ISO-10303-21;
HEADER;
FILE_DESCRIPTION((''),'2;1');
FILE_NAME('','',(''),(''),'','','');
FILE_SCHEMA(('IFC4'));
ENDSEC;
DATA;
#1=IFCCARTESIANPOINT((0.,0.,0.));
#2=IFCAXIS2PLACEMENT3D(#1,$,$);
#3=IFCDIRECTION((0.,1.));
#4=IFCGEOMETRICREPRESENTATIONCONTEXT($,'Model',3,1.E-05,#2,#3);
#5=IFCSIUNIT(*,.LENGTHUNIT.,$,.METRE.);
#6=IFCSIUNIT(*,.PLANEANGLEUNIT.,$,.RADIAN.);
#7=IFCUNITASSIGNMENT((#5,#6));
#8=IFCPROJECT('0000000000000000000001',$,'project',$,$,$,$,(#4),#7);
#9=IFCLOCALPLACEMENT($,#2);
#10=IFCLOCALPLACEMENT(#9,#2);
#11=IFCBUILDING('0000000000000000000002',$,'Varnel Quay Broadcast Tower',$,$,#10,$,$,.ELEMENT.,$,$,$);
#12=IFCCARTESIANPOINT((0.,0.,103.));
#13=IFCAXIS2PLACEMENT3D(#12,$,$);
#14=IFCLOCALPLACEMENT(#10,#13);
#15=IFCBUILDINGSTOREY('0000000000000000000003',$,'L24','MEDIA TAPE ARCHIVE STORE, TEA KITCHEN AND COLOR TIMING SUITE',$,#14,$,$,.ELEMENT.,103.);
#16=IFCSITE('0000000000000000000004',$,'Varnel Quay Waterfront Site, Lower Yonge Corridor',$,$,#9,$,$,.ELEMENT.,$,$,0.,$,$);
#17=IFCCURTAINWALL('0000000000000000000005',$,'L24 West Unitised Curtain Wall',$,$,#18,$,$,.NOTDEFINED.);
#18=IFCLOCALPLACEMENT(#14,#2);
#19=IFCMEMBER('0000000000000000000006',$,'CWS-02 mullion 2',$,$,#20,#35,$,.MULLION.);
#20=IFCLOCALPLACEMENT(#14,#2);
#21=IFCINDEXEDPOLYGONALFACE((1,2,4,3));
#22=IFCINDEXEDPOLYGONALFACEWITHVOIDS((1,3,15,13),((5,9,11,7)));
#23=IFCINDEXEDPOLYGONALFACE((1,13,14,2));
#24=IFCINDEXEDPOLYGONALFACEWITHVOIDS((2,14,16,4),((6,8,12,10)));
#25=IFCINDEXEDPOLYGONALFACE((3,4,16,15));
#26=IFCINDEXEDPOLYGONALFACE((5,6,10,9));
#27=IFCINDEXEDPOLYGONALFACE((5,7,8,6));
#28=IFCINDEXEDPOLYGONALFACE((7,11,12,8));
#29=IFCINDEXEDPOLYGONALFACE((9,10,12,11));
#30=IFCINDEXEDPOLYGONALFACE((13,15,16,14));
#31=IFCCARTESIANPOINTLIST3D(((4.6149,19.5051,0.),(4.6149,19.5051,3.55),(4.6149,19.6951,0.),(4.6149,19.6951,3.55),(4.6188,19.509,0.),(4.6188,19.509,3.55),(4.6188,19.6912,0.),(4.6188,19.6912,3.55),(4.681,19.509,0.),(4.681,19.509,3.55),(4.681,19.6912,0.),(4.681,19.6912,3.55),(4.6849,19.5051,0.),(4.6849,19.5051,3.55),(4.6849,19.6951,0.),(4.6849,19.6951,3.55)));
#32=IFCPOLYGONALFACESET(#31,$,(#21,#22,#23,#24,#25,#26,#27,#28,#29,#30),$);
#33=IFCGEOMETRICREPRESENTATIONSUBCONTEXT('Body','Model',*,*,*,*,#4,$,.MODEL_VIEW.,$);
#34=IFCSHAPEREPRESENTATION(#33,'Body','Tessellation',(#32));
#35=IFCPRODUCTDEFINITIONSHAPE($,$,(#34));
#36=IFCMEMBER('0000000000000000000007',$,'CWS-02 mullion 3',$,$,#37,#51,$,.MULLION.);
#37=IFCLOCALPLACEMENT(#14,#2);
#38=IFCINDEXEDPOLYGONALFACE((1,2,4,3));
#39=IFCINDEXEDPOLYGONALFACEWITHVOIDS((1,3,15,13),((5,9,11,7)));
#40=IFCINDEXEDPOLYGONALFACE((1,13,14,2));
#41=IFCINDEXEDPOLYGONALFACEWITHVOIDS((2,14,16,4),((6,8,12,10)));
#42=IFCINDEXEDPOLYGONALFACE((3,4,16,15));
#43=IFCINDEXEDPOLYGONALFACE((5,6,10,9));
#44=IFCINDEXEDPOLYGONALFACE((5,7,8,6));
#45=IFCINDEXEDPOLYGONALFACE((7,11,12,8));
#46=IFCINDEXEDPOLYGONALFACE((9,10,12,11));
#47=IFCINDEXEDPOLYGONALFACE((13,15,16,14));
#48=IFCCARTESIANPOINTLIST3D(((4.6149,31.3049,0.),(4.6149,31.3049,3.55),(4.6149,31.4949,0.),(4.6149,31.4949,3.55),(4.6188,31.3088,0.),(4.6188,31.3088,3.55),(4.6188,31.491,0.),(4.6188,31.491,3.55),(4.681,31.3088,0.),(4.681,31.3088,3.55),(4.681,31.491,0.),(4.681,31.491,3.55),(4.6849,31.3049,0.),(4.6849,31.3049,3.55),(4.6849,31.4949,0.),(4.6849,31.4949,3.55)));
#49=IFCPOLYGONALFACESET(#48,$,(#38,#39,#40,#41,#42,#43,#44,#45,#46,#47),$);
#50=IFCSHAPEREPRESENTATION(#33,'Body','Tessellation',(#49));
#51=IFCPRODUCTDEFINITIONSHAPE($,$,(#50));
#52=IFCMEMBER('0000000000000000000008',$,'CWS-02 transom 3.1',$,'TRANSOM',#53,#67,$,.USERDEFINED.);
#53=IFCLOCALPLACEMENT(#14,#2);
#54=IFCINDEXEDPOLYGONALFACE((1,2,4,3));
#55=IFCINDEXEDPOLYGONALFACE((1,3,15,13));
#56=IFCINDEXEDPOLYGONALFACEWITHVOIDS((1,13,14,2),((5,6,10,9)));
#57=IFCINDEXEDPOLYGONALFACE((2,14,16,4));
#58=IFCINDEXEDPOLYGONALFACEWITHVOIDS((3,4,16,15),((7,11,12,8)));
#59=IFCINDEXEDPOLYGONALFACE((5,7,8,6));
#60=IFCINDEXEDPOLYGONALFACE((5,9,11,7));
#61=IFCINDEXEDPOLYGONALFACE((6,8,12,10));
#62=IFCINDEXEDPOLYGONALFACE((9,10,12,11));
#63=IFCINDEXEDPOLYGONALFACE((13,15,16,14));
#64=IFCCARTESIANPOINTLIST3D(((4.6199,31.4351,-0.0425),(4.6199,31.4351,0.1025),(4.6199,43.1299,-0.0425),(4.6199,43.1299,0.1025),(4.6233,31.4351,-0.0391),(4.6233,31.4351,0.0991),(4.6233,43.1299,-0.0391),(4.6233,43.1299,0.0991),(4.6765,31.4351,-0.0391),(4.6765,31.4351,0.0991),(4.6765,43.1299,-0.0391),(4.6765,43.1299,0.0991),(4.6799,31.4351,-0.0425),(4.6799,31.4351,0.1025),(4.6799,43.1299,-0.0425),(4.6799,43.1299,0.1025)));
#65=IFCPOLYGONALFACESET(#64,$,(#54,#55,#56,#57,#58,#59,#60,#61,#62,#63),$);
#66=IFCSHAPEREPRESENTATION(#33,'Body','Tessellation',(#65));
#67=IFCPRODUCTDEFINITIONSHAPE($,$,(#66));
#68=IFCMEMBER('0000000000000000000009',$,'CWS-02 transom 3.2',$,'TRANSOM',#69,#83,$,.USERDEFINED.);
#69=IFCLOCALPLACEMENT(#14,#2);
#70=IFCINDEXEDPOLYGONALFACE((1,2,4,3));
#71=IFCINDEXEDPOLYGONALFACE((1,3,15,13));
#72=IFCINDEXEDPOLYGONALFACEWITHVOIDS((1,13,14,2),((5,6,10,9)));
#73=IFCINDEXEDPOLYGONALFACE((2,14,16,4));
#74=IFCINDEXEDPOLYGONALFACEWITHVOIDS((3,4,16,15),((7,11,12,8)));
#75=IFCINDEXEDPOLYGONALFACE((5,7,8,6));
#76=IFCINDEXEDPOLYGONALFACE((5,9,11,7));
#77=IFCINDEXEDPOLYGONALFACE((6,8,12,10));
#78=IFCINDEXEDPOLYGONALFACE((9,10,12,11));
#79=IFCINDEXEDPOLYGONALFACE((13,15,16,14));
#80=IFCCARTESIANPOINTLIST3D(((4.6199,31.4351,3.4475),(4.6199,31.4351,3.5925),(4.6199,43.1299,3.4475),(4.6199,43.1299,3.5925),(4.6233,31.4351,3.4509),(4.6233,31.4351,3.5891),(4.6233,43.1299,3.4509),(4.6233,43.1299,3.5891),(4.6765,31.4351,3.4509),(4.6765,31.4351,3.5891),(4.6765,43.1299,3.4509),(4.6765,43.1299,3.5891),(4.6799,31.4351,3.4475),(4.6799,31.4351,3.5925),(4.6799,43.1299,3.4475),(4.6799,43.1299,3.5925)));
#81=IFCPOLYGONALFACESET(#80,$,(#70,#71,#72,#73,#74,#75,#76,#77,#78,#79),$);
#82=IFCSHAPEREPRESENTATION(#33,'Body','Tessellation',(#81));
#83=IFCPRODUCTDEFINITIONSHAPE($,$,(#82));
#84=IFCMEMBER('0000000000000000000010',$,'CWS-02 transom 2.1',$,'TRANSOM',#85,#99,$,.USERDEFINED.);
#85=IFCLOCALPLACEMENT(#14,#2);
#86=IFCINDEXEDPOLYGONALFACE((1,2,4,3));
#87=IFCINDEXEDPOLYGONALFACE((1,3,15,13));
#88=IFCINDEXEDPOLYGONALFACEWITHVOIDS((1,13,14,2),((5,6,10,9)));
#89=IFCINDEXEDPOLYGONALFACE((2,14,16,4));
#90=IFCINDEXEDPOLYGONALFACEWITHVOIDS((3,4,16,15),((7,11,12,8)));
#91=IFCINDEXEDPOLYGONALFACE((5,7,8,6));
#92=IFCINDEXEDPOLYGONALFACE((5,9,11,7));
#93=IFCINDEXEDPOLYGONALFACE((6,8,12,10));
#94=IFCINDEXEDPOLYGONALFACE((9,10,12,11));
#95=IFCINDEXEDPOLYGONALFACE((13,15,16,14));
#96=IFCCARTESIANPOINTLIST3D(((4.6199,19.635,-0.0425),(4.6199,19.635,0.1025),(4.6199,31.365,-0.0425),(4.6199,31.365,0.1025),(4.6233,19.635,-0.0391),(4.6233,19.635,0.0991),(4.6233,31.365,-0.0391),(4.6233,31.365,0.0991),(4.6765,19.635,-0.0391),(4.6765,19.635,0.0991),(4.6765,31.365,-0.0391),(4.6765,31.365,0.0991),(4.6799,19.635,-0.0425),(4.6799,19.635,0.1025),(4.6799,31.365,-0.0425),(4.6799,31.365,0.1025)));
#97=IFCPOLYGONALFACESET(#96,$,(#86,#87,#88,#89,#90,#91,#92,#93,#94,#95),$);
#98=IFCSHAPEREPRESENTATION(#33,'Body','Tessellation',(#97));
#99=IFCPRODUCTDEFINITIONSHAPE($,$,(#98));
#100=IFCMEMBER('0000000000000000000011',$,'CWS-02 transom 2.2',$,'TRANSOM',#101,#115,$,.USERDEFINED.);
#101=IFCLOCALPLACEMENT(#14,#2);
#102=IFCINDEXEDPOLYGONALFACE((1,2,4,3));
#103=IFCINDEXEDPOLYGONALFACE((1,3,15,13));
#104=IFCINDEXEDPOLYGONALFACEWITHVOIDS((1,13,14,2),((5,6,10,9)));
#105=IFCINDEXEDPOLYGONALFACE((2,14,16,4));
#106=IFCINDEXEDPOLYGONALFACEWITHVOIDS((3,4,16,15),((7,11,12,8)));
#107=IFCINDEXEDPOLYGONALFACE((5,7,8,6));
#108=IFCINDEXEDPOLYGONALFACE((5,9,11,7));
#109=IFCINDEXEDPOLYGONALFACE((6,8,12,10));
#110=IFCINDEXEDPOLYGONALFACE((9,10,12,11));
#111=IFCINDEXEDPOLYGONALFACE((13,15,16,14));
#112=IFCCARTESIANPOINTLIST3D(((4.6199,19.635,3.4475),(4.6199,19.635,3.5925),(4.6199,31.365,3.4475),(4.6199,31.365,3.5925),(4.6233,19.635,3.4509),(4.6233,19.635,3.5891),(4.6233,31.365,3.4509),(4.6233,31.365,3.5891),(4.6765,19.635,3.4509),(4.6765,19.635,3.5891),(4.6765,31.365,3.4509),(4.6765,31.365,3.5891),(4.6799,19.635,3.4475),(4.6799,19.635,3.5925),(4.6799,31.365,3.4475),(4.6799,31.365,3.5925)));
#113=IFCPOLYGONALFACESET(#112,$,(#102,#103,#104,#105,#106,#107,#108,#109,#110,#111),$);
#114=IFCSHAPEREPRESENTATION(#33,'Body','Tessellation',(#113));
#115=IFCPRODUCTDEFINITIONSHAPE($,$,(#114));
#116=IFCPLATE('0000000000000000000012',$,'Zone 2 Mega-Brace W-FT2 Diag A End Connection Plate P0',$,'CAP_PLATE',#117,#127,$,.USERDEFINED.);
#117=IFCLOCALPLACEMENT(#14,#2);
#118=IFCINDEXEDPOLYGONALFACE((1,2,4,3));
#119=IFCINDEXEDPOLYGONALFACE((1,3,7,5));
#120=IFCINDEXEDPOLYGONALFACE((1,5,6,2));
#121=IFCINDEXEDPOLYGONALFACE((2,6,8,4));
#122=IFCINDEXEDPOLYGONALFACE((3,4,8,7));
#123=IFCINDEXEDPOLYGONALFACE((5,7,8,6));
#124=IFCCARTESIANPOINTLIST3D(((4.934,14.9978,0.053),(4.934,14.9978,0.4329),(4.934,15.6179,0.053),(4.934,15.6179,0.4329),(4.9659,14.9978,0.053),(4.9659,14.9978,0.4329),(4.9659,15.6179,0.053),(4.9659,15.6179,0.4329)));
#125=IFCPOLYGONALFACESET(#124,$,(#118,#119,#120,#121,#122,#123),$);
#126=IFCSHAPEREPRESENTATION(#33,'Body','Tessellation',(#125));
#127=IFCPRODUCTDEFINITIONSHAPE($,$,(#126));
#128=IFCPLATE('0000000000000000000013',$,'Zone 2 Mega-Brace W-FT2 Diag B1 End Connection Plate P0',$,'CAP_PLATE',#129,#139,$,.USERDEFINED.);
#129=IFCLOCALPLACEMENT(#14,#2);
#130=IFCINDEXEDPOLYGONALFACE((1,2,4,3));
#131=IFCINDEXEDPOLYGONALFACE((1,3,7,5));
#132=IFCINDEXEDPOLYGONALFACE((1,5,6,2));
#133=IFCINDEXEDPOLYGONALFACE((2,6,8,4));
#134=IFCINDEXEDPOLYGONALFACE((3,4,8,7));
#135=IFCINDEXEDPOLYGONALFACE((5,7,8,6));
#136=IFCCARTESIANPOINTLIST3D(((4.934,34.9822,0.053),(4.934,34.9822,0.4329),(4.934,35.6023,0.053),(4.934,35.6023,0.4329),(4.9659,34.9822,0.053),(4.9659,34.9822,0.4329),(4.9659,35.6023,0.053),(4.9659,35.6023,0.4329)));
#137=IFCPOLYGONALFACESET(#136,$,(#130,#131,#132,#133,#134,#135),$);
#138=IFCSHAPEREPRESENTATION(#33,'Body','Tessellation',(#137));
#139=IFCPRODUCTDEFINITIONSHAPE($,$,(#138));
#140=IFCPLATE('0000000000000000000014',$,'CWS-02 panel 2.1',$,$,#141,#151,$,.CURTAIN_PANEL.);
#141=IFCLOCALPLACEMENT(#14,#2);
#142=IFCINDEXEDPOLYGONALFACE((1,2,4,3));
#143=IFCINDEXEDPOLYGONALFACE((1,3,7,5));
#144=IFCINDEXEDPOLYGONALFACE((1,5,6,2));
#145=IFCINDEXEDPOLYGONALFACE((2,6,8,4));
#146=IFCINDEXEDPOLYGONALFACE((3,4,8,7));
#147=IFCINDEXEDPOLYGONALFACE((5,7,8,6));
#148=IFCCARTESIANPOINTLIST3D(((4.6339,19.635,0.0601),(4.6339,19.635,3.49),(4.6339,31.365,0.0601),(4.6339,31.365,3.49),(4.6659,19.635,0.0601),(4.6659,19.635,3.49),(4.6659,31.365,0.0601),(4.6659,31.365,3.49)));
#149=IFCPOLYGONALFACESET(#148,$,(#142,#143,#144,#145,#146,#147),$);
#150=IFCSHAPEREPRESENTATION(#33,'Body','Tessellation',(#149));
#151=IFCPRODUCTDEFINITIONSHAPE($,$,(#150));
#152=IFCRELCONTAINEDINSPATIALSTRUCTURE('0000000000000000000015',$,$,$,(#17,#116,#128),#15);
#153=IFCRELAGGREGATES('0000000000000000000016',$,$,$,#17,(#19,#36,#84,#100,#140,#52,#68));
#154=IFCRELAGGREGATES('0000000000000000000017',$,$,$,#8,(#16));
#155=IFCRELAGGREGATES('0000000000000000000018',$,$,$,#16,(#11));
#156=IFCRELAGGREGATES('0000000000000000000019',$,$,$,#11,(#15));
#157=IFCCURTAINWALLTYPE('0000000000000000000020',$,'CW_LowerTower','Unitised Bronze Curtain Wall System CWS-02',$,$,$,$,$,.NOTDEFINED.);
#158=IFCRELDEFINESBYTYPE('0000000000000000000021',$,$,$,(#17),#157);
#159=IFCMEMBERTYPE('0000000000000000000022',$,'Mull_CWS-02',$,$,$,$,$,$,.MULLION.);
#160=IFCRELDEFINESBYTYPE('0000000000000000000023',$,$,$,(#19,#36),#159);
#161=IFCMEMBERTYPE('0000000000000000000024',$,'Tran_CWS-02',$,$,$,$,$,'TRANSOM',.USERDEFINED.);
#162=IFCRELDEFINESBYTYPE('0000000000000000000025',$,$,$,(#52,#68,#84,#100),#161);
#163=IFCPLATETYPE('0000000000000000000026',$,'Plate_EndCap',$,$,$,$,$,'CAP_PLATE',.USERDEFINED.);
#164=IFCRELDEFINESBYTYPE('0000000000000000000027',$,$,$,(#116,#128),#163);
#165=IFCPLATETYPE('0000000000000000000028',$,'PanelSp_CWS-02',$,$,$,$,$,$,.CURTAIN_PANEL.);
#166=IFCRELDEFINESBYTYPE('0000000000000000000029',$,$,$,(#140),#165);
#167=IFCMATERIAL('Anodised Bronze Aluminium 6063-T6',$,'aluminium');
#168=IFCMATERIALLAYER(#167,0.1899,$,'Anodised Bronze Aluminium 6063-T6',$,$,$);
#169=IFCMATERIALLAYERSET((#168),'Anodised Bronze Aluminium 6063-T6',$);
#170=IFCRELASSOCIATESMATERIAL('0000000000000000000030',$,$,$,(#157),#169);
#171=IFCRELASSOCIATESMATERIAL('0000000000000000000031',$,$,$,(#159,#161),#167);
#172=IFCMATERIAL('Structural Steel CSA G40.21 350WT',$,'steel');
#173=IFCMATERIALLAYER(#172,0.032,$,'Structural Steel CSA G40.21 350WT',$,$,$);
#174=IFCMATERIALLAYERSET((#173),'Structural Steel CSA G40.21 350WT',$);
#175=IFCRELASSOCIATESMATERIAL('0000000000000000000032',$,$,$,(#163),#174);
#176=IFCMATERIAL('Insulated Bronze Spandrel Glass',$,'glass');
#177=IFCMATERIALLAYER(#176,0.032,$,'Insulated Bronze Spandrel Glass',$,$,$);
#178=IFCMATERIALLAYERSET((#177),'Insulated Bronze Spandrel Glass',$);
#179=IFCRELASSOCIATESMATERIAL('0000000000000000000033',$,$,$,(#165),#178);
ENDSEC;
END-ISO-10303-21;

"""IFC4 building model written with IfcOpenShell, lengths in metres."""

from ifc_helpers import new_model, si_unit, direction, frame, origin, origin_2d, place, context, subcontext, project, spatial, rectangle, hollow_rectangle, extrude, source, transform, mapped, material, layer, layer_set, material_profile, profile_set, type_object, type_shapes, element, aggregate, save


model = new_model("IFC4")

# Units and contexts
model_context = context("Model", 3, precision=1e-05, world=origin(), true_north=direction((0.0, 1.0)))
body_context = subcontext(model_context, "Body", "Model", "MODEL_VIEW")
ifc_project = project(units=[si_unit("LENGTHUNIT", "METRE"), si_unit("PLANEANGLEUNIT", "RADIAN")], contexts=[model_context])

# Site, building, storey
site_placement = place(None, origin())
site = spatial("IfcSite", under=ifc_project, at=site_placement, Name="Varnel Quay Waterfront Site, Lower Yonge Corridor", CompositionType="ELEMENT", RefElevation=0.0)
building_placement = place(site_placement, origin())
building = spatial("IfcBuilding", under=site, at=building_placement, Name="Varnel Quay Broadcast Tower", CompositionType="ELEMENT")
storey_placement = place(building_placement, frame((0.0, 0.0, 103.0)))
storey = spatial("IfcBuildingStorey", under=building, at=storey_placement, Name="L24", Description="MEDIA TAPE ARCHIVE STORE, TEA KITCHEN AND COLOR TIMING SUITE", CompositionType="ELEMENT", Elevation=103.0)

# Shared definitions
ifc_material_1 = material(Name="Structural Steel CSA G40.21 350WT", Category="steel")

# Curtain wall, members
ifc_material_2 = material(Name="Anodised Bronze Aluminium 6063-T6", Category="aluminium")
ifc_layer_1 = layer(ifc_material_2, 0.1899, Name="Anodised Bronze Aluminium 6063-T6")
ifc_layer_set_1 = layer_set([ifc_layer_1], Name="Anodised Bronze Aluminium 6063-T6")
curtain_wall_type = type_object("IfcCurtainWallType", Name="CW_LowerTower", Description="Unitised Bronze Curtain Wall System CWS-02", PredefinedType="NOTDEFINED", material=ifc_layer_set_1)
curtain_wall_placement = place(storey_placement, origin())
curtain_wall = element("IfcCurtainWall", 1, at=curtain_wall_placement, inside=storey, type_object=curtain_wall_type, Name="L24 West Unitised Curtain Wall", PredefinedType="NOTDEFINED")
ifc_material_profile_1 = material_profile(ifc_material_2, hollow_rectangle(XDim=0.0701, YDim=0.1899, WallThickness=0.0039, at=origin_2d()), Name="ALU70X190X4")
ifc_profile_set_1 = profile_set([ifc_material_profile_1], Name="Anodised Bronze Aluminium 6063-T6")
member_type_1 = type_object("IfcMemberType", Name="Mull_CWS-02", PredefinedType="MULLION", material=ifc_profile_set_1)
shared_shape_1 = source(origin(), body_context, "Body", "SweptSolid", [
    extrude(hollow_rectangle(XDim=0.0701, YDim=0.1899, WallThickness=0.0039, at=origin_2d()), origin(), (0.0, 0.0, 1.0), 3.55),
])
type_shapes(member_type_1, [shared_shape_1])
member_1_placement = place(storey_placement, frame((4.6499, 19.6001, 0.0), z_axis=(0.0, 0.0, 1.0), x_axis=(-1.0, 0.0, 0.0)))
member_1 = element("IfcMember", 2, at=member_1_placement, type_object=member_type_1, Name="CWS-02 mullion 2", PredefinedType="MULLION", context=body_context, shape_type="MappedRepresentation", body=[
    mapped(shared_shape_1, transform((0.0, 0.0, 0.0), x_axis=(1.0, 0.0, 0.0), y_axis=(0.0, 1.0, 0.0), z_axis=(0.0, 0.0, 1.0), scale=1.0)),
])
member_2_placement = place(storey_placement, frame((4.6499, 31.3999, 0.0), z_axis=(0.0, 0.0, 1.0), x_axis=(-1.0, 0.0, 0.0)))
member_2 = element("IfcMember", 3, at=member_2_placement, type_object=member_type_1, Name="CWS-02 mullion 3", PredefinedType="MULLION", context=body_context, shape_type="MappedRepresentation", body=[
    mapped(shared_shape_1, transform((0.0, 0.0, 0.0), x_axis=(1.0, 0.0, 0.0), y_axis=(0.0, 1.0, 0.0), z_axis=(0.0, 0.0, 1.0), scale=1.0)),
])
ifc_material_profile_2 = material_profile(ifc_material_2, hollow_rectangle(XDim=0.0601, YDim=0.145, WallThickness=0.0034, at=origin_2d()), Name="ALU60X145X3.5")
ifc_profile_set_2 = profile_set([ifc_material_profile_2], Name="Anodised Bronze Aluminium 6063-T6")
member_type_2 = type_object("IfcMemberType", Name="Tran_CWS-02", ElementType="TRANSOM", PredefinedType="USERDEFINED", material=ifc_profile_set_2)
shared_shape_2 = source(origin(), body_context, "Body", "SweptSolid", [
    extrude(hollow_rectangle(XDim=0.0601, YDim=0.145, WallThickness=0.0034, at=origin_2d()), origin(), (0.0, 0.0, 1.0), 11.6948),
])
member_3_placement = place(storey_placement, frame((4.6499, 31.4351, 0.03), z_axis=(0.0, 1.0, 0.0), x_axis=(-1.0, 0.0, 0.0)))
member_3 = element("IfcMember", 4, at=member_3_placement, type_object=member_type_2, Name="CWS-02 transom 3.1", ObjectType="TRANSOM", PredefinedType="USERDEFINED", context=body_context, shape_type="MappedRepresentation", body=[
    mapped(shared_shape_2, transform((0.0, 0.0, 0.0), x_axis=(1.0, 0.0, 0.0), y_axis=(0.0, 1.0, 0.0), z_axis=(0.0, 0.0, 1.0), scale=1.0)),
])
member_4_placement = place(storey_placement, frame((4.6499, 31.4351, 3.52), z_axis=(0.0, 1.0, 0.0), x_axis=(-1.0, 0.0, 0.0)))
member_4 = element("IfcMember", 5, at=member_4_placement, type_object=member_type_2, Name="CWS-02 transom 3.2", ObjectType="TRANSOM", PredefinedType="USERDEFINED", context=body_context, shape_type="MappedRepresentation", body=[
    mapped(shared_shape_2, transform((0.0, 0.0, 0.0), x_axis=(1.0, 0.0, 0.0), y_axis=(0.0, 1.0, 0.0), z_axis=(0.0, 0.0, 1.0), scale=1.0)),
])
shared_shape_3 = source(origin(), body_context, "Body", "SweptSolid", [
    extrude(hollow_rectangle(XDim=0.0601, YDim=0.145, WallThickness=0.0034, at=origin_2d()), origin(), (0.0, 0.0, 1.0), 11.73),
])
type_shapes(member_type_2, [shared_shape_2, shared_shape_3])
member_5_placement = place(storey_placement, frame((4.6499, 19.635, 0.03), z_axis=(0.0, 1.0, 0.0), x_axis=(-1.0, 0.0, 0.0)))
member_5 = element("IfcMember", 6, at=member_5_placement, type_object=member_type_2, Name="CWS-02 transom 2.1", ObjectType="TRANSOM", PredefinedType="USERDEFINED", context=body_context, shape_type="MappedRepresentation", body=[
    mapped(shared_shape_3, transform((0.0, 0.0, 0.0), x_axis=(1.0, 0.0, 0.0), y_axis=(0.0, 1.0, 0.0), z_axis=(0.0, 0.0, 1.0), scale=1.0)),
])
member_6_placement = place(storey_placement, frame((4.6499, 19.635, 3.52), z_axis=(0.0, 1.0, 0.0), x_axis=(-1.0, 0.0, 0.0)))
member_6 = element("IfcMember", 7, at=member_6_placement, type_object=member_type_2, Name="CWS-02 transom 2.2", ObjectType="TRANSOM", PredefinedType="USERDEFINED", context=body_context, shape_type="MappedRepresentation", body=[
    mapped(shared_shape_3, transform((0.0, 0.0, 0.0), x_axis=(1.0, 0.0, 0.0), y_axis=(0.0, 1.0, 0.0), z_axis=(0.0, 0.0, 1.0), scale=1.0)),
])

# Plates
ifc_layer_2 = layer(ifc_material_1, 0.032, Name="Structural Steel CSA G40.21 350WT")
ifc_layer_set_2 = layer_set([ifc_layer_2], Name="Structural Steel CSA G40.21 350WT")
plate_type_1 = type_object("IfcPlateType", Name="Plate_EndCap", ElementType="CAP_PLATE", PredefinedType="USERDEFINED", material=ifc_layer_set_2)
shared_shape_4 = source(origin(), body_context, "Body", "SweptSolid", [
    extrude(rectangle(XDim=0.6201, YDim=0.032, at=origin_2d()), origin(), (0.0, 0.0, 1.0), 0.3799),
])
type_shapes(plate_type_1, [shared_shape_4])
for number, where, z_axis, x_axis, name in (
    (8, (4.95, 15.3079, 0.053), (0.0, 0.0, 1.0), (0.0, 1.0, 0.0), "Zone 2 Mega-Brace W-FT2 Diag A End Connection Plate P0"),
    (9, (4.95, 35.2922, 0.053), (0.0, 0.0, 1.0), (0.0, 1.0, 0.0), "Zone 2 Mega-Brace W-FT2 Diag B1 End Connection Plate P0"),
):
    element("IfcPlate", number, at=place(storey_placement, frame(where, z_axis=z_axis, x_axis=x_axis)), inside=storey, type_object=plate_type_1, Name=name, ObjectType="CAP_PLATE", PredefinedType="USERDEFINED", context=body_context, shape_type="MappedRepresentation", body=[
        mapped(shared_shape_4, transform((0.0, 0.0, 0.0), x_axis=(1.0, 0.0, 0.0), y_axis=(0.0, 1.0, 0.0), z_axis=(0.0, 0.0, 1.0), scale=1.0)),
    ])

# Plate
ifc_material_3 = material(Name="Insulated Bronze Spandrel Glass", Category="glass")
ifc_layer_3 = layer(ifc_material_3, 0.032, Name="Insulated Bronze Spandrel Glass")
ifc_layer_set_3 = layer_set([ifc_layer_3], Name="Insulated Bronze Spandrel Glass")
plate_type_2 = type_object("IfcPlateType", Name="PanelSp_CWS-02", PredefinedType="CURTAIN_PANEL", material=ifc_layer_set_3)
shared_shape_5 = source(origin(), body_context, "Body", "SweptSolid", [
    extrude(rectangle(XDim=11.73, YDim=0.032, at=origin_2d()), origin(), (0.0, 0.0, 1.0), 3.4299),
])
type_shapes(plate_type_2, [shared_shape_5])
plate_placement = place(storey_placement, frame((4.6499, 25.5, 0.0601), z_axis=(0.0, 0.0, 1.0), x_axis=(0.0, 1.0, 0.0)))
plate = element("IfcPlate", 10, at=plate_placement, type_object=plate_type_2, Name="CWS-02 panel 2.1", PredefinedType="CURTAIN_PANEL", context=body_context, shape_type="MappedRepresentation", body=[
    mapped(shared_shape_5, transform((0.0, 0.0, 0.0), x_axis=(1.0, 0.0, 0.0), y_axis=(0.0, 1.0, 0.0), z_axis=(0.0, 0.0, 1.0), scale=1.0)),
])
aggregate(curtain_wall, [member_1, member_2, member_5, member_6, plate, member_3, member_4])

save(model, "model.ifc")
